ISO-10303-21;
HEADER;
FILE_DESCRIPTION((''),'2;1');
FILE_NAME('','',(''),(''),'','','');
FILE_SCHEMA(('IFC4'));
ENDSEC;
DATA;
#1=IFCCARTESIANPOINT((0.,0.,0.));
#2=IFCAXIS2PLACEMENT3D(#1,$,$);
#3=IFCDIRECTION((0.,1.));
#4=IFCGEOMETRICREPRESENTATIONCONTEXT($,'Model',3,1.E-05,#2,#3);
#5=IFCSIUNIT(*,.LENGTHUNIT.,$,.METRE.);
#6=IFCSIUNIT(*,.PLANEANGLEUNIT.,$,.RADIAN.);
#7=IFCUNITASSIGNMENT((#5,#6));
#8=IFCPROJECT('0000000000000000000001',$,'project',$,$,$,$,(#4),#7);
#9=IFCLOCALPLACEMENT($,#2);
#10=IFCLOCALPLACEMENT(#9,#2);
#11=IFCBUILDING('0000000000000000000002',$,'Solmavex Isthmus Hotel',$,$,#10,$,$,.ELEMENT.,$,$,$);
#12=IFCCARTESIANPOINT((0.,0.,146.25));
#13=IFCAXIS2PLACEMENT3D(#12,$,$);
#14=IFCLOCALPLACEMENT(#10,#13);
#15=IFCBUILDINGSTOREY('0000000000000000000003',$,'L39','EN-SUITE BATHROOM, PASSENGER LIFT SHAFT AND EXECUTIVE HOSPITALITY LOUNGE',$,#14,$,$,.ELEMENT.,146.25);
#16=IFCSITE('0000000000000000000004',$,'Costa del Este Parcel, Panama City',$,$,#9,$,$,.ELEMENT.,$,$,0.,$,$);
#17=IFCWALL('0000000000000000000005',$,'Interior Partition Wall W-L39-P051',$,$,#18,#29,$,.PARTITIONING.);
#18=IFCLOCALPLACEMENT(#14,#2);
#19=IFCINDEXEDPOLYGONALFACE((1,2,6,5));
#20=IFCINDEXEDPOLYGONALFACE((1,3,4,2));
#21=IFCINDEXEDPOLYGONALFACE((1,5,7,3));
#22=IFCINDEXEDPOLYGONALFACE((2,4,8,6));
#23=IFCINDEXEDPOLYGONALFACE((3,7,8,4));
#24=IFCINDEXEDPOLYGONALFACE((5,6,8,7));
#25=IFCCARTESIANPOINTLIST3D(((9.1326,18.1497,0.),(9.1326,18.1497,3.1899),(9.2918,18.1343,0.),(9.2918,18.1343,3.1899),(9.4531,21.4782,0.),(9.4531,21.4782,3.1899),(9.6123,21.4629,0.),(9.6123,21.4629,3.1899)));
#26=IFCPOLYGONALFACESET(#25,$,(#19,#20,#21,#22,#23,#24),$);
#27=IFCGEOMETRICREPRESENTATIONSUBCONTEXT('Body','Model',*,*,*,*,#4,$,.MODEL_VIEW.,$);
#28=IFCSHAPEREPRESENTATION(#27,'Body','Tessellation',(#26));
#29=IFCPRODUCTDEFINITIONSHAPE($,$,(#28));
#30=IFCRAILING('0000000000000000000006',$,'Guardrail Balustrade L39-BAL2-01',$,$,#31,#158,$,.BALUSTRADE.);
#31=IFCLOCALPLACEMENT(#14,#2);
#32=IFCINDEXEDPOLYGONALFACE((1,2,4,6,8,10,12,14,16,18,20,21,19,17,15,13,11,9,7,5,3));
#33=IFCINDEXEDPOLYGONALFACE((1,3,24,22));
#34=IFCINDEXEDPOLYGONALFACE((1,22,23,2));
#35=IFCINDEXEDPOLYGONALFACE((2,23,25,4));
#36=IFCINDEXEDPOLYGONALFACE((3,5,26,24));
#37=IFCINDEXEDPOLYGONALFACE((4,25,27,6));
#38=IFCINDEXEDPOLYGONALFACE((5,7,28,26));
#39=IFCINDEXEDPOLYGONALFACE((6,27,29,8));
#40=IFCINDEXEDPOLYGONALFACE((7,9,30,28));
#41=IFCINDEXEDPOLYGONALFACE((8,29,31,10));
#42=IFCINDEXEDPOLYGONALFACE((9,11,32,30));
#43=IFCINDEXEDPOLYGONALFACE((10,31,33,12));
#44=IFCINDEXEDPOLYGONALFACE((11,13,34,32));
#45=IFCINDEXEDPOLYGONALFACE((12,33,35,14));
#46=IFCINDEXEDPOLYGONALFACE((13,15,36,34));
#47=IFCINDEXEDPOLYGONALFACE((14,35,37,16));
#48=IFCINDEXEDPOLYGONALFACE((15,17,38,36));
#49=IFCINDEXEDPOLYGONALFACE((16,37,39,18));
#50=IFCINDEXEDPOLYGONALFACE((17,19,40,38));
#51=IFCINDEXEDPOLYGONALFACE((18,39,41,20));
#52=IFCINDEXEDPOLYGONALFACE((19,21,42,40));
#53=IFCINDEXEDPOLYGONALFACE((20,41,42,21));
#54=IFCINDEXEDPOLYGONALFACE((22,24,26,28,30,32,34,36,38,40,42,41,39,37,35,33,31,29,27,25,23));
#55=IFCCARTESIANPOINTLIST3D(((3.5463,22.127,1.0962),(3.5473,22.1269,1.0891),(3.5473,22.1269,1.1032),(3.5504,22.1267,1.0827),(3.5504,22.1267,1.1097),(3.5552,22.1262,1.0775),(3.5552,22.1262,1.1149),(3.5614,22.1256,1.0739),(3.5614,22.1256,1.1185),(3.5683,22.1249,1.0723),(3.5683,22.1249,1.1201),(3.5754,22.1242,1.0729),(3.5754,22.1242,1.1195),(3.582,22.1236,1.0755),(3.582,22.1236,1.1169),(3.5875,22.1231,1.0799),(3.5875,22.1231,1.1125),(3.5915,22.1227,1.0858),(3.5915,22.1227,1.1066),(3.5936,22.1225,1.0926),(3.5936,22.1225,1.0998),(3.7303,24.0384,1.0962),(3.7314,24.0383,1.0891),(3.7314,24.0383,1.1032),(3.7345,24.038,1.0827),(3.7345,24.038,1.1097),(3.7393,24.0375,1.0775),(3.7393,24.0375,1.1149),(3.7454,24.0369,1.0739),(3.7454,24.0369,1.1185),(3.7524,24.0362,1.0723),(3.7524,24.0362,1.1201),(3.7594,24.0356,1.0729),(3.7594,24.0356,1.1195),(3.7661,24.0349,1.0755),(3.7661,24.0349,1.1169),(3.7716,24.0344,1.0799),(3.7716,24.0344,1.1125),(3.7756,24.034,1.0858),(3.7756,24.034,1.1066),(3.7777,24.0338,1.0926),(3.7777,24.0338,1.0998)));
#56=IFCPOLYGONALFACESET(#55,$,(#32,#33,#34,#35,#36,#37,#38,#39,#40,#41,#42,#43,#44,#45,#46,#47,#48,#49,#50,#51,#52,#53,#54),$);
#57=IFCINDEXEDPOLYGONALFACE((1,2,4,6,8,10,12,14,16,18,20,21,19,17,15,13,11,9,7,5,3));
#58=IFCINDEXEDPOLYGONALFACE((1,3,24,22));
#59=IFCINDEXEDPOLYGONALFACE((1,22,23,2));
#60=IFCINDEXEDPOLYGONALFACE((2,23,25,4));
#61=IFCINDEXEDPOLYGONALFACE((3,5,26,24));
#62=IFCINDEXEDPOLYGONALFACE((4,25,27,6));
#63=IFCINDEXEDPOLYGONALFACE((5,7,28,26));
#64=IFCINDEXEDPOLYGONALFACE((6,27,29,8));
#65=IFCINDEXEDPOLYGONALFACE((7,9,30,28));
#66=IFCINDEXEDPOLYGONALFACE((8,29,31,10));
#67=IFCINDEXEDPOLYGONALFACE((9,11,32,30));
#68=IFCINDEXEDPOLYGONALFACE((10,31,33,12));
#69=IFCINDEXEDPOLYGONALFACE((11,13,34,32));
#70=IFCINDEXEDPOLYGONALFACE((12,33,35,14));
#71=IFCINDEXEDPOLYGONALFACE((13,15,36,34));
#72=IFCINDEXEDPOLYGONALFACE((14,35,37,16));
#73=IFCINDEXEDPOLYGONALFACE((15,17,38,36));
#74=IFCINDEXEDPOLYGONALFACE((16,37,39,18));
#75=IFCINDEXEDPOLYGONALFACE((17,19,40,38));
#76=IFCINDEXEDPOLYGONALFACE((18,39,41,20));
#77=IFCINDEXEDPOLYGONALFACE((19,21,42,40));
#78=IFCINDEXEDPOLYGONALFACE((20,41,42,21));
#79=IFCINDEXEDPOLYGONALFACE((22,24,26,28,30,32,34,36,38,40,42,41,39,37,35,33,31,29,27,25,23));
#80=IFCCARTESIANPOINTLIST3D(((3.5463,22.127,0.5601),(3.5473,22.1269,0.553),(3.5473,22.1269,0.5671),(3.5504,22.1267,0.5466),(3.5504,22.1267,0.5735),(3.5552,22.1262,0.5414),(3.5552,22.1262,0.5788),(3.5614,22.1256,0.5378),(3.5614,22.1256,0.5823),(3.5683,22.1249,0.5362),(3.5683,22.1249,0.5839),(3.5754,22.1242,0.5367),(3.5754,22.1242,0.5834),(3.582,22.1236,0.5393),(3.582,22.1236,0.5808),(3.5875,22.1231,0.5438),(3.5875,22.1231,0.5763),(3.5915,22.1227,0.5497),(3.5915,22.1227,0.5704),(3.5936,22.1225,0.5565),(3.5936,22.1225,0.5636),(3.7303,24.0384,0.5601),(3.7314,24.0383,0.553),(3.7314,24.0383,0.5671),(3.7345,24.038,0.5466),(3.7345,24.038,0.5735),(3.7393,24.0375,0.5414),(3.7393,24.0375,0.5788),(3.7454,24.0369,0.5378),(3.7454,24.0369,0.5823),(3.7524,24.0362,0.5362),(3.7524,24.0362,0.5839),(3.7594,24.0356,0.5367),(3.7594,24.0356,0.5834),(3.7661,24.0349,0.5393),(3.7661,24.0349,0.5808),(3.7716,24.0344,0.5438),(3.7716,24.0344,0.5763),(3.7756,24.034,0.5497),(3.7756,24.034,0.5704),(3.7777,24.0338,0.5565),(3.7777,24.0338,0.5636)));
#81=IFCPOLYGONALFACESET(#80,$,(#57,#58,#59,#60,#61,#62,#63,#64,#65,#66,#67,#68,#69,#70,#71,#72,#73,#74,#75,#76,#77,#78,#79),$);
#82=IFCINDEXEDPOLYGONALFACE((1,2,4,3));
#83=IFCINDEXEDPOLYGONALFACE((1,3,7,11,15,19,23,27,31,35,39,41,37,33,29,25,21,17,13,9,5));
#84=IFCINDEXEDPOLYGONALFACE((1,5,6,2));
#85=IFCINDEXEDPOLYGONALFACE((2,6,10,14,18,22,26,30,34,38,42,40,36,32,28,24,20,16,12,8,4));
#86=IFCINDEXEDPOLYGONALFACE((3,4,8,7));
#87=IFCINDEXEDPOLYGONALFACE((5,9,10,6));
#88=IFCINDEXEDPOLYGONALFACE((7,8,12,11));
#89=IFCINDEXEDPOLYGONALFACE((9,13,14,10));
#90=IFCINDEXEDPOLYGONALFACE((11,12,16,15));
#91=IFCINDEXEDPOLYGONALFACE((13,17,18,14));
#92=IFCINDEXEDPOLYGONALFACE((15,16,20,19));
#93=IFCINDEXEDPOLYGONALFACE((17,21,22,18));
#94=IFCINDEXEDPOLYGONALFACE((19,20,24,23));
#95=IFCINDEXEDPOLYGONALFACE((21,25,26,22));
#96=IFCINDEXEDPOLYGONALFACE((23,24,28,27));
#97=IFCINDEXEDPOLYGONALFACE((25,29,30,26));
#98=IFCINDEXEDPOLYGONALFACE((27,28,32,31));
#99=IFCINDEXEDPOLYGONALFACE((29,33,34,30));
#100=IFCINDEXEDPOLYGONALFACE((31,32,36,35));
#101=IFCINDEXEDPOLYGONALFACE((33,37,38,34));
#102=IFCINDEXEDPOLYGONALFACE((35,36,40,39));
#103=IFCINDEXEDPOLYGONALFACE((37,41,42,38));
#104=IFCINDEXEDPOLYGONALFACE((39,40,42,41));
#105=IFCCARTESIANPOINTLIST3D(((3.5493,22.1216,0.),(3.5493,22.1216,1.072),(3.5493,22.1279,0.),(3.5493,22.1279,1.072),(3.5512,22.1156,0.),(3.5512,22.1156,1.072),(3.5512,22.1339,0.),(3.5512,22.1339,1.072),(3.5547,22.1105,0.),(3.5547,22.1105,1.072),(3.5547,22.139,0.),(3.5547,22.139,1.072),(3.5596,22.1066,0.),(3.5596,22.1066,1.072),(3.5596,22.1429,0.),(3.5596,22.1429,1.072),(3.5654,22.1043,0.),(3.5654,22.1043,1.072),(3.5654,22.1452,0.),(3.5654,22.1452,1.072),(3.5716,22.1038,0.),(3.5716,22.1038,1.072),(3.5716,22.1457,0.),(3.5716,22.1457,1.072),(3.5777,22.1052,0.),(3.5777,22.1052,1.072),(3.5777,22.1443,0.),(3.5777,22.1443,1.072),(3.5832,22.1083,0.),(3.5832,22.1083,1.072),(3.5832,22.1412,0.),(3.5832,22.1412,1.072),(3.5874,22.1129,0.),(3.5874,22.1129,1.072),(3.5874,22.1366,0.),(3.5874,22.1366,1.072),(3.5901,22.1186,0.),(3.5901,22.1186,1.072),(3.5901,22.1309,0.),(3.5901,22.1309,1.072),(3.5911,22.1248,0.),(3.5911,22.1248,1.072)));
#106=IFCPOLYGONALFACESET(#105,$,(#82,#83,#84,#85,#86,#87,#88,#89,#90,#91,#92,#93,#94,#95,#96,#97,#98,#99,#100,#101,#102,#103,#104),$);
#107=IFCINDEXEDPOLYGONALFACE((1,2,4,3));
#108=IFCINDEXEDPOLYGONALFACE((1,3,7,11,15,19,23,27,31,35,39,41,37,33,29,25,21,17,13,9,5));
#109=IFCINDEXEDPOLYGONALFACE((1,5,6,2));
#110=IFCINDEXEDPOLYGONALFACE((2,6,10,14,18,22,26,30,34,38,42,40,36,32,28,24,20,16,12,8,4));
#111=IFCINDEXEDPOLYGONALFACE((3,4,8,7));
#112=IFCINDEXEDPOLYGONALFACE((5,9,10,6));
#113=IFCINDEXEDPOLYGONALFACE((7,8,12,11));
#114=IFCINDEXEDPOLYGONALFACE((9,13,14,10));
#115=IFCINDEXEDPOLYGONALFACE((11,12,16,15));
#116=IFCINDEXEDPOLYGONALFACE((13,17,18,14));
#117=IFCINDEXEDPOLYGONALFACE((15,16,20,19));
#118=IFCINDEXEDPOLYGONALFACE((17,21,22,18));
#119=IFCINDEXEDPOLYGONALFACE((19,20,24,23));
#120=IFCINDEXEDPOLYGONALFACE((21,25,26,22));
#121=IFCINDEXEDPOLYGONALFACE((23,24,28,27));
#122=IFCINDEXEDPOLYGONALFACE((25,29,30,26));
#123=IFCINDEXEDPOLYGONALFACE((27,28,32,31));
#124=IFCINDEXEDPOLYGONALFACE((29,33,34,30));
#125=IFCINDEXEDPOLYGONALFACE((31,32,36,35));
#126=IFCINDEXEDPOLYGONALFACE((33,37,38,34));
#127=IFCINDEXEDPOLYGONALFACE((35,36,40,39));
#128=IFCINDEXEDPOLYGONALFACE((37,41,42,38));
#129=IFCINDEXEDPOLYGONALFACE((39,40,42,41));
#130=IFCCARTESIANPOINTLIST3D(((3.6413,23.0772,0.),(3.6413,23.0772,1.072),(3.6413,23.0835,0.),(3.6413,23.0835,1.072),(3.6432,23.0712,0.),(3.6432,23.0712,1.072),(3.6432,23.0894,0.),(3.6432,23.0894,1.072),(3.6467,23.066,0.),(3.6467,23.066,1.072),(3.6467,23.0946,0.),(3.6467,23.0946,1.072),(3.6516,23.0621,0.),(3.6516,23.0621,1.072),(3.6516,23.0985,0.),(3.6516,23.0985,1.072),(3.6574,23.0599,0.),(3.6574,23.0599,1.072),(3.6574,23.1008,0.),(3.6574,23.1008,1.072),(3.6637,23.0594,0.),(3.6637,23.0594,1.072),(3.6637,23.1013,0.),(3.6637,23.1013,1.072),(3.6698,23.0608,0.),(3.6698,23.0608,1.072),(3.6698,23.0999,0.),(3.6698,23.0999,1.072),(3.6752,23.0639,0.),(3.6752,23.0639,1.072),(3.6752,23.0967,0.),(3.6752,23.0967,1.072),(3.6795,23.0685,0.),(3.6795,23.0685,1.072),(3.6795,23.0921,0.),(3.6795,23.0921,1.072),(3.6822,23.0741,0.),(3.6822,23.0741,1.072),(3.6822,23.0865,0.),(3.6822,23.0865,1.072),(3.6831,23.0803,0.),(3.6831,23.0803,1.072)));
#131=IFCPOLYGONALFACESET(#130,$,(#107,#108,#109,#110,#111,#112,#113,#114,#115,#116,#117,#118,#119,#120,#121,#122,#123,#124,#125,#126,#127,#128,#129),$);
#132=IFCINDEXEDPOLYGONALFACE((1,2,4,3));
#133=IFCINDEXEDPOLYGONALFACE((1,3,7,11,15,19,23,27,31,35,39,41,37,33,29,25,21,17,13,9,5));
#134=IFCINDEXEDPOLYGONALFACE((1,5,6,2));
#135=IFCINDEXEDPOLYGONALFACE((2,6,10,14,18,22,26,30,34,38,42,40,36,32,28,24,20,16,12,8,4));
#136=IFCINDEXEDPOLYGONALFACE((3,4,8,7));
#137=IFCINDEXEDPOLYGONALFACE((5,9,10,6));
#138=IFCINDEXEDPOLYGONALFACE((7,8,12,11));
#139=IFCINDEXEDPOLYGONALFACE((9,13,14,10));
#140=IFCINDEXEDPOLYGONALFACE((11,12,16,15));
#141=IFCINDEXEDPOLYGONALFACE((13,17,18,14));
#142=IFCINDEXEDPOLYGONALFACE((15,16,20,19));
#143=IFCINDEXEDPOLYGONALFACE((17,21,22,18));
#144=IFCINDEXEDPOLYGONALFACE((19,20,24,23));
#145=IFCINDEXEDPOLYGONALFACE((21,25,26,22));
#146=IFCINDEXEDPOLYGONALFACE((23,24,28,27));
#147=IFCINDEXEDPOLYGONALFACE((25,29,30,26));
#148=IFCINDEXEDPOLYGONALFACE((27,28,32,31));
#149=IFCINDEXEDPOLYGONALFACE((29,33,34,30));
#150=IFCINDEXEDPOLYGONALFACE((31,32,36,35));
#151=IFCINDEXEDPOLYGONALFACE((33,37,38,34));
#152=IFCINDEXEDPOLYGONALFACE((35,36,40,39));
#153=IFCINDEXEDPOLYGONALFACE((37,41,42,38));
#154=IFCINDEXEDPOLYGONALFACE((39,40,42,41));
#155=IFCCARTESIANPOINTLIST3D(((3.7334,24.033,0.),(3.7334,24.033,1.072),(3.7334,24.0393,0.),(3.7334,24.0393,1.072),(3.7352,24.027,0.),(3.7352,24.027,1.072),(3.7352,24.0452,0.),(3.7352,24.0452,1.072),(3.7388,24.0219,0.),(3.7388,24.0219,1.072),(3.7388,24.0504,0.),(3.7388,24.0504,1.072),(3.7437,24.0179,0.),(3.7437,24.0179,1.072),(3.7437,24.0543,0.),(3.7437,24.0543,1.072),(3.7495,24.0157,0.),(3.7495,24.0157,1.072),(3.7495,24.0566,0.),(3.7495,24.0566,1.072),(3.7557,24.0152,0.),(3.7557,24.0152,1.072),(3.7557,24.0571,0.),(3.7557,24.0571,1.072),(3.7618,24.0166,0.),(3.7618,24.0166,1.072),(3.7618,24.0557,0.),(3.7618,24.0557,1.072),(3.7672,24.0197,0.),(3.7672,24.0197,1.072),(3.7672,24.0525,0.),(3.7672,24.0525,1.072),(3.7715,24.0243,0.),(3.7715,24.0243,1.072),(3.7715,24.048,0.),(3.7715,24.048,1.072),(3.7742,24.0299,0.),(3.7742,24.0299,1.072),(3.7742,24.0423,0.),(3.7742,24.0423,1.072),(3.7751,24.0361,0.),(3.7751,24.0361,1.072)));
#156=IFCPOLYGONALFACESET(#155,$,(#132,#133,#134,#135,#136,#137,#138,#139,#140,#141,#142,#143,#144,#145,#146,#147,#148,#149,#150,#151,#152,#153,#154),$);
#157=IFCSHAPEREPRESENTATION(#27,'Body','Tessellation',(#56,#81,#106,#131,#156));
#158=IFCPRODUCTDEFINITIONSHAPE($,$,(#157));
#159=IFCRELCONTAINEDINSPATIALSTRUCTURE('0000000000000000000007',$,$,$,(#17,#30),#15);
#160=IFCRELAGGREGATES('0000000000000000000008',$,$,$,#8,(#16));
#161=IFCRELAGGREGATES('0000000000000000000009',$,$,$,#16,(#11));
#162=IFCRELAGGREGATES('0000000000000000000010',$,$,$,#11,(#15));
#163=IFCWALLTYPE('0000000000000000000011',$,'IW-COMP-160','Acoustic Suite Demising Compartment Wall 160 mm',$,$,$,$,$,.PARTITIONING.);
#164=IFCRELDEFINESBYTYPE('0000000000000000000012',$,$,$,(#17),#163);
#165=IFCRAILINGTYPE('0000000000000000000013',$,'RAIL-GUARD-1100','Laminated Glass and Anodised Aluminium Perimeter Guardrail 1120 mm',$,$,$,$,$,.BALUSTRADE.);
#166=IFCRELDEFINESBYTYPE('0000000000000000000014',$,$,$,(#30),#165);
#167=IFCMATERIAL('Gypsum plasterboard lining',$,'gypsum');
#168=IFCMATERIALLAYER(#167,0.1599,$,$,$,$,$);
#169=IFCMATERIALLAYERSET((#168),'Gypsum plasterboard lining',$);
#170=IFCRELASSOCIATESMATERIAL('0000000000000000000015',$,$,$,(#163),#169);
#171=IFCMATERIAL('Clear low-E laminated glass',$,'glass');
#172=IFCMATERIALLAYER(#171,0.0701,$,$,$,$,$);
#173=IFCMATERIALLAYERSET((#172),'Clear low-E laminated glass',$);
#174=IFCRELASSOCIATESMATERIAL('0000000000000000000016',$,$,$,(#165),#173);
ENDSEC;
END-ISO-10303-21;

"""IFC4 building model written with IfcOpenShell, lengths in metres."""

from ifc_helpers import new_model, si_unit, direction, frame, frame_2d, origin, origin_2d, place, context, subcontext, project, spatial, rectangle, circle, extrude, material, layer, layer_set, type_object, element, save


model = new_model("IFC4")

# Units and contexts
model_context = context("Model", 3, precision=1e-05, world=origin(), true_north=direction((0.0, 1.0)))
body_context = subcontext(model_context, "Body", "Model", "MODEL_VIEW")
ifc_project = project(units=[si_unit("LENGTHUNIT", "METRE"), si_unit("PLANEANGLEUNIT", "RADIAN")], contexts=[model_context])

# Site, building, storey
site_placement = place(None, origin())
site = spatial("IfcSite", under=ifc_project, at=site_placement, Name="Costa del Este Parcel, Panama City", CompositionType="ELEMENT", RefElevation=0.0)
building_placement = place(site_placement, origin())
building = spatial("IfcBuilding", under=site, at=building_placement, Name="Solmavex Isthmus Hotel", CompositionType="ELEMENT")
storey_placement = place(building_placement, frame((0.0, 0.0, 146.25)))
storey = spatial("IfcBuildingStorey", under=building, at=storey_placement, Name="L39", Description="EN-SUITE BATHROOM, PASSENGER LIFT SHAFT AND EXECUTIVE HOSPITALITY LOUNGE", CompositionType="ELEMENT", Elevation=146.25)

# Shared definitions
ifc_material_1 = material(Name="Clear low-E laminated glass", Category="glass")

# Wall
ifc_material_2 = material(Name="Gypsum plasterboard lining", Category="gypsum")
ifc_layer_1 = layer(ifc_material_2, 0.1599)
ifc_layer_set_1 = layer_set([ifc_layer_1], Name="Gypsum plasterboard lining")
wall_type_1 = type_object("IfcWallType", Name="IW-COMP-160", Description="Acoustic Suite Demising Compartment Wall 160 mm", PredefinedType="PARTITIONING", material=ifc_layer_set_1)
wall_1_placement = place(storey_placement, frame((9.5327, 21.4705, 0.0), z_axis=(0.0, 0.0, 1.0), x_axis=(-0.09586, -0.995395, 0.0)))
element("IfcWall", 1, at=wall_1_placement, inside=storey, type_object=wall_type_1, Name="Interior Partition Wall W-L39-P051", PredefinedType="PARTITIONING", context=body_context, shape_type="SweptSolid", body=[
    extrude(rectangle(XDim=3.344, YDim=0.1599, at=frame_2d((1.6719, 0.0))), origin(), (0.0, 0.0, 1.0), 3.1899),
])

# Railing
ifc_layer_2 = layer(ifc_material_1, 0.0701)
ifc_layer_set_2 = layer_set([ifc_layer_2], Name="Clear low-E laminated glass")
railing_type = type_object("IfcRailingType", Name="RAIL-GUARD-1100", Description="Laminated Glass and Anodised Aluminium Perimeter Guardrail 1120 mm", PredefinedType="BALUSTRADE", material=ifc_layer_set_2)
railing_1_placement = place(storey_placement, frame((3.5701, 22.1248, 0.0)))
element("IfcRailing", 2, at=railing_1_placement, inside=storey, type_object=railing_type, Name="Guardrail Balustrade L39-BAL2-01", PredefinedType="BALUSTRADE", context=body_context, shape_type="SweptSolid", body=[
    extrude(circle(Radius=0.0239, at=origin_2d()), frame((0.0, 0.0, 1.0962), z_axis=(0.095865, 0.995394, 0.0), x_axis=(-0.995394, 0.095865, 0.0)), (0.0, 0.0, 1.0), 1.9202),
    extrude(circle(Radius=0.0239, at=origin_2d()), frame((0.0, 0.0, 0.5601), z_axis=(0.095865, 0.995394, 0.0), x_axis=(-0.995394, 0.095865, 0.0)), (0.0, 0.0, 1.0), 1.9202),
    extrude(circle(Radius=0.021, at=origin_2d()), origin(), (0.0, 0.0, 1.0), 1.072),
    extrude(circle(Radius=0.021, at=origin_2d()), frame((0.092, 0.9556, 0.0)), (0.0, 0.0, 1.0), 1.072),
    extrude(circle(Radius=0.021, at=origin_2d()), frame((0.1841, 1.9114, 0.0)), (0.0, 0.0, 1.0), 1.072),
])

save(model, "model.ifc")
